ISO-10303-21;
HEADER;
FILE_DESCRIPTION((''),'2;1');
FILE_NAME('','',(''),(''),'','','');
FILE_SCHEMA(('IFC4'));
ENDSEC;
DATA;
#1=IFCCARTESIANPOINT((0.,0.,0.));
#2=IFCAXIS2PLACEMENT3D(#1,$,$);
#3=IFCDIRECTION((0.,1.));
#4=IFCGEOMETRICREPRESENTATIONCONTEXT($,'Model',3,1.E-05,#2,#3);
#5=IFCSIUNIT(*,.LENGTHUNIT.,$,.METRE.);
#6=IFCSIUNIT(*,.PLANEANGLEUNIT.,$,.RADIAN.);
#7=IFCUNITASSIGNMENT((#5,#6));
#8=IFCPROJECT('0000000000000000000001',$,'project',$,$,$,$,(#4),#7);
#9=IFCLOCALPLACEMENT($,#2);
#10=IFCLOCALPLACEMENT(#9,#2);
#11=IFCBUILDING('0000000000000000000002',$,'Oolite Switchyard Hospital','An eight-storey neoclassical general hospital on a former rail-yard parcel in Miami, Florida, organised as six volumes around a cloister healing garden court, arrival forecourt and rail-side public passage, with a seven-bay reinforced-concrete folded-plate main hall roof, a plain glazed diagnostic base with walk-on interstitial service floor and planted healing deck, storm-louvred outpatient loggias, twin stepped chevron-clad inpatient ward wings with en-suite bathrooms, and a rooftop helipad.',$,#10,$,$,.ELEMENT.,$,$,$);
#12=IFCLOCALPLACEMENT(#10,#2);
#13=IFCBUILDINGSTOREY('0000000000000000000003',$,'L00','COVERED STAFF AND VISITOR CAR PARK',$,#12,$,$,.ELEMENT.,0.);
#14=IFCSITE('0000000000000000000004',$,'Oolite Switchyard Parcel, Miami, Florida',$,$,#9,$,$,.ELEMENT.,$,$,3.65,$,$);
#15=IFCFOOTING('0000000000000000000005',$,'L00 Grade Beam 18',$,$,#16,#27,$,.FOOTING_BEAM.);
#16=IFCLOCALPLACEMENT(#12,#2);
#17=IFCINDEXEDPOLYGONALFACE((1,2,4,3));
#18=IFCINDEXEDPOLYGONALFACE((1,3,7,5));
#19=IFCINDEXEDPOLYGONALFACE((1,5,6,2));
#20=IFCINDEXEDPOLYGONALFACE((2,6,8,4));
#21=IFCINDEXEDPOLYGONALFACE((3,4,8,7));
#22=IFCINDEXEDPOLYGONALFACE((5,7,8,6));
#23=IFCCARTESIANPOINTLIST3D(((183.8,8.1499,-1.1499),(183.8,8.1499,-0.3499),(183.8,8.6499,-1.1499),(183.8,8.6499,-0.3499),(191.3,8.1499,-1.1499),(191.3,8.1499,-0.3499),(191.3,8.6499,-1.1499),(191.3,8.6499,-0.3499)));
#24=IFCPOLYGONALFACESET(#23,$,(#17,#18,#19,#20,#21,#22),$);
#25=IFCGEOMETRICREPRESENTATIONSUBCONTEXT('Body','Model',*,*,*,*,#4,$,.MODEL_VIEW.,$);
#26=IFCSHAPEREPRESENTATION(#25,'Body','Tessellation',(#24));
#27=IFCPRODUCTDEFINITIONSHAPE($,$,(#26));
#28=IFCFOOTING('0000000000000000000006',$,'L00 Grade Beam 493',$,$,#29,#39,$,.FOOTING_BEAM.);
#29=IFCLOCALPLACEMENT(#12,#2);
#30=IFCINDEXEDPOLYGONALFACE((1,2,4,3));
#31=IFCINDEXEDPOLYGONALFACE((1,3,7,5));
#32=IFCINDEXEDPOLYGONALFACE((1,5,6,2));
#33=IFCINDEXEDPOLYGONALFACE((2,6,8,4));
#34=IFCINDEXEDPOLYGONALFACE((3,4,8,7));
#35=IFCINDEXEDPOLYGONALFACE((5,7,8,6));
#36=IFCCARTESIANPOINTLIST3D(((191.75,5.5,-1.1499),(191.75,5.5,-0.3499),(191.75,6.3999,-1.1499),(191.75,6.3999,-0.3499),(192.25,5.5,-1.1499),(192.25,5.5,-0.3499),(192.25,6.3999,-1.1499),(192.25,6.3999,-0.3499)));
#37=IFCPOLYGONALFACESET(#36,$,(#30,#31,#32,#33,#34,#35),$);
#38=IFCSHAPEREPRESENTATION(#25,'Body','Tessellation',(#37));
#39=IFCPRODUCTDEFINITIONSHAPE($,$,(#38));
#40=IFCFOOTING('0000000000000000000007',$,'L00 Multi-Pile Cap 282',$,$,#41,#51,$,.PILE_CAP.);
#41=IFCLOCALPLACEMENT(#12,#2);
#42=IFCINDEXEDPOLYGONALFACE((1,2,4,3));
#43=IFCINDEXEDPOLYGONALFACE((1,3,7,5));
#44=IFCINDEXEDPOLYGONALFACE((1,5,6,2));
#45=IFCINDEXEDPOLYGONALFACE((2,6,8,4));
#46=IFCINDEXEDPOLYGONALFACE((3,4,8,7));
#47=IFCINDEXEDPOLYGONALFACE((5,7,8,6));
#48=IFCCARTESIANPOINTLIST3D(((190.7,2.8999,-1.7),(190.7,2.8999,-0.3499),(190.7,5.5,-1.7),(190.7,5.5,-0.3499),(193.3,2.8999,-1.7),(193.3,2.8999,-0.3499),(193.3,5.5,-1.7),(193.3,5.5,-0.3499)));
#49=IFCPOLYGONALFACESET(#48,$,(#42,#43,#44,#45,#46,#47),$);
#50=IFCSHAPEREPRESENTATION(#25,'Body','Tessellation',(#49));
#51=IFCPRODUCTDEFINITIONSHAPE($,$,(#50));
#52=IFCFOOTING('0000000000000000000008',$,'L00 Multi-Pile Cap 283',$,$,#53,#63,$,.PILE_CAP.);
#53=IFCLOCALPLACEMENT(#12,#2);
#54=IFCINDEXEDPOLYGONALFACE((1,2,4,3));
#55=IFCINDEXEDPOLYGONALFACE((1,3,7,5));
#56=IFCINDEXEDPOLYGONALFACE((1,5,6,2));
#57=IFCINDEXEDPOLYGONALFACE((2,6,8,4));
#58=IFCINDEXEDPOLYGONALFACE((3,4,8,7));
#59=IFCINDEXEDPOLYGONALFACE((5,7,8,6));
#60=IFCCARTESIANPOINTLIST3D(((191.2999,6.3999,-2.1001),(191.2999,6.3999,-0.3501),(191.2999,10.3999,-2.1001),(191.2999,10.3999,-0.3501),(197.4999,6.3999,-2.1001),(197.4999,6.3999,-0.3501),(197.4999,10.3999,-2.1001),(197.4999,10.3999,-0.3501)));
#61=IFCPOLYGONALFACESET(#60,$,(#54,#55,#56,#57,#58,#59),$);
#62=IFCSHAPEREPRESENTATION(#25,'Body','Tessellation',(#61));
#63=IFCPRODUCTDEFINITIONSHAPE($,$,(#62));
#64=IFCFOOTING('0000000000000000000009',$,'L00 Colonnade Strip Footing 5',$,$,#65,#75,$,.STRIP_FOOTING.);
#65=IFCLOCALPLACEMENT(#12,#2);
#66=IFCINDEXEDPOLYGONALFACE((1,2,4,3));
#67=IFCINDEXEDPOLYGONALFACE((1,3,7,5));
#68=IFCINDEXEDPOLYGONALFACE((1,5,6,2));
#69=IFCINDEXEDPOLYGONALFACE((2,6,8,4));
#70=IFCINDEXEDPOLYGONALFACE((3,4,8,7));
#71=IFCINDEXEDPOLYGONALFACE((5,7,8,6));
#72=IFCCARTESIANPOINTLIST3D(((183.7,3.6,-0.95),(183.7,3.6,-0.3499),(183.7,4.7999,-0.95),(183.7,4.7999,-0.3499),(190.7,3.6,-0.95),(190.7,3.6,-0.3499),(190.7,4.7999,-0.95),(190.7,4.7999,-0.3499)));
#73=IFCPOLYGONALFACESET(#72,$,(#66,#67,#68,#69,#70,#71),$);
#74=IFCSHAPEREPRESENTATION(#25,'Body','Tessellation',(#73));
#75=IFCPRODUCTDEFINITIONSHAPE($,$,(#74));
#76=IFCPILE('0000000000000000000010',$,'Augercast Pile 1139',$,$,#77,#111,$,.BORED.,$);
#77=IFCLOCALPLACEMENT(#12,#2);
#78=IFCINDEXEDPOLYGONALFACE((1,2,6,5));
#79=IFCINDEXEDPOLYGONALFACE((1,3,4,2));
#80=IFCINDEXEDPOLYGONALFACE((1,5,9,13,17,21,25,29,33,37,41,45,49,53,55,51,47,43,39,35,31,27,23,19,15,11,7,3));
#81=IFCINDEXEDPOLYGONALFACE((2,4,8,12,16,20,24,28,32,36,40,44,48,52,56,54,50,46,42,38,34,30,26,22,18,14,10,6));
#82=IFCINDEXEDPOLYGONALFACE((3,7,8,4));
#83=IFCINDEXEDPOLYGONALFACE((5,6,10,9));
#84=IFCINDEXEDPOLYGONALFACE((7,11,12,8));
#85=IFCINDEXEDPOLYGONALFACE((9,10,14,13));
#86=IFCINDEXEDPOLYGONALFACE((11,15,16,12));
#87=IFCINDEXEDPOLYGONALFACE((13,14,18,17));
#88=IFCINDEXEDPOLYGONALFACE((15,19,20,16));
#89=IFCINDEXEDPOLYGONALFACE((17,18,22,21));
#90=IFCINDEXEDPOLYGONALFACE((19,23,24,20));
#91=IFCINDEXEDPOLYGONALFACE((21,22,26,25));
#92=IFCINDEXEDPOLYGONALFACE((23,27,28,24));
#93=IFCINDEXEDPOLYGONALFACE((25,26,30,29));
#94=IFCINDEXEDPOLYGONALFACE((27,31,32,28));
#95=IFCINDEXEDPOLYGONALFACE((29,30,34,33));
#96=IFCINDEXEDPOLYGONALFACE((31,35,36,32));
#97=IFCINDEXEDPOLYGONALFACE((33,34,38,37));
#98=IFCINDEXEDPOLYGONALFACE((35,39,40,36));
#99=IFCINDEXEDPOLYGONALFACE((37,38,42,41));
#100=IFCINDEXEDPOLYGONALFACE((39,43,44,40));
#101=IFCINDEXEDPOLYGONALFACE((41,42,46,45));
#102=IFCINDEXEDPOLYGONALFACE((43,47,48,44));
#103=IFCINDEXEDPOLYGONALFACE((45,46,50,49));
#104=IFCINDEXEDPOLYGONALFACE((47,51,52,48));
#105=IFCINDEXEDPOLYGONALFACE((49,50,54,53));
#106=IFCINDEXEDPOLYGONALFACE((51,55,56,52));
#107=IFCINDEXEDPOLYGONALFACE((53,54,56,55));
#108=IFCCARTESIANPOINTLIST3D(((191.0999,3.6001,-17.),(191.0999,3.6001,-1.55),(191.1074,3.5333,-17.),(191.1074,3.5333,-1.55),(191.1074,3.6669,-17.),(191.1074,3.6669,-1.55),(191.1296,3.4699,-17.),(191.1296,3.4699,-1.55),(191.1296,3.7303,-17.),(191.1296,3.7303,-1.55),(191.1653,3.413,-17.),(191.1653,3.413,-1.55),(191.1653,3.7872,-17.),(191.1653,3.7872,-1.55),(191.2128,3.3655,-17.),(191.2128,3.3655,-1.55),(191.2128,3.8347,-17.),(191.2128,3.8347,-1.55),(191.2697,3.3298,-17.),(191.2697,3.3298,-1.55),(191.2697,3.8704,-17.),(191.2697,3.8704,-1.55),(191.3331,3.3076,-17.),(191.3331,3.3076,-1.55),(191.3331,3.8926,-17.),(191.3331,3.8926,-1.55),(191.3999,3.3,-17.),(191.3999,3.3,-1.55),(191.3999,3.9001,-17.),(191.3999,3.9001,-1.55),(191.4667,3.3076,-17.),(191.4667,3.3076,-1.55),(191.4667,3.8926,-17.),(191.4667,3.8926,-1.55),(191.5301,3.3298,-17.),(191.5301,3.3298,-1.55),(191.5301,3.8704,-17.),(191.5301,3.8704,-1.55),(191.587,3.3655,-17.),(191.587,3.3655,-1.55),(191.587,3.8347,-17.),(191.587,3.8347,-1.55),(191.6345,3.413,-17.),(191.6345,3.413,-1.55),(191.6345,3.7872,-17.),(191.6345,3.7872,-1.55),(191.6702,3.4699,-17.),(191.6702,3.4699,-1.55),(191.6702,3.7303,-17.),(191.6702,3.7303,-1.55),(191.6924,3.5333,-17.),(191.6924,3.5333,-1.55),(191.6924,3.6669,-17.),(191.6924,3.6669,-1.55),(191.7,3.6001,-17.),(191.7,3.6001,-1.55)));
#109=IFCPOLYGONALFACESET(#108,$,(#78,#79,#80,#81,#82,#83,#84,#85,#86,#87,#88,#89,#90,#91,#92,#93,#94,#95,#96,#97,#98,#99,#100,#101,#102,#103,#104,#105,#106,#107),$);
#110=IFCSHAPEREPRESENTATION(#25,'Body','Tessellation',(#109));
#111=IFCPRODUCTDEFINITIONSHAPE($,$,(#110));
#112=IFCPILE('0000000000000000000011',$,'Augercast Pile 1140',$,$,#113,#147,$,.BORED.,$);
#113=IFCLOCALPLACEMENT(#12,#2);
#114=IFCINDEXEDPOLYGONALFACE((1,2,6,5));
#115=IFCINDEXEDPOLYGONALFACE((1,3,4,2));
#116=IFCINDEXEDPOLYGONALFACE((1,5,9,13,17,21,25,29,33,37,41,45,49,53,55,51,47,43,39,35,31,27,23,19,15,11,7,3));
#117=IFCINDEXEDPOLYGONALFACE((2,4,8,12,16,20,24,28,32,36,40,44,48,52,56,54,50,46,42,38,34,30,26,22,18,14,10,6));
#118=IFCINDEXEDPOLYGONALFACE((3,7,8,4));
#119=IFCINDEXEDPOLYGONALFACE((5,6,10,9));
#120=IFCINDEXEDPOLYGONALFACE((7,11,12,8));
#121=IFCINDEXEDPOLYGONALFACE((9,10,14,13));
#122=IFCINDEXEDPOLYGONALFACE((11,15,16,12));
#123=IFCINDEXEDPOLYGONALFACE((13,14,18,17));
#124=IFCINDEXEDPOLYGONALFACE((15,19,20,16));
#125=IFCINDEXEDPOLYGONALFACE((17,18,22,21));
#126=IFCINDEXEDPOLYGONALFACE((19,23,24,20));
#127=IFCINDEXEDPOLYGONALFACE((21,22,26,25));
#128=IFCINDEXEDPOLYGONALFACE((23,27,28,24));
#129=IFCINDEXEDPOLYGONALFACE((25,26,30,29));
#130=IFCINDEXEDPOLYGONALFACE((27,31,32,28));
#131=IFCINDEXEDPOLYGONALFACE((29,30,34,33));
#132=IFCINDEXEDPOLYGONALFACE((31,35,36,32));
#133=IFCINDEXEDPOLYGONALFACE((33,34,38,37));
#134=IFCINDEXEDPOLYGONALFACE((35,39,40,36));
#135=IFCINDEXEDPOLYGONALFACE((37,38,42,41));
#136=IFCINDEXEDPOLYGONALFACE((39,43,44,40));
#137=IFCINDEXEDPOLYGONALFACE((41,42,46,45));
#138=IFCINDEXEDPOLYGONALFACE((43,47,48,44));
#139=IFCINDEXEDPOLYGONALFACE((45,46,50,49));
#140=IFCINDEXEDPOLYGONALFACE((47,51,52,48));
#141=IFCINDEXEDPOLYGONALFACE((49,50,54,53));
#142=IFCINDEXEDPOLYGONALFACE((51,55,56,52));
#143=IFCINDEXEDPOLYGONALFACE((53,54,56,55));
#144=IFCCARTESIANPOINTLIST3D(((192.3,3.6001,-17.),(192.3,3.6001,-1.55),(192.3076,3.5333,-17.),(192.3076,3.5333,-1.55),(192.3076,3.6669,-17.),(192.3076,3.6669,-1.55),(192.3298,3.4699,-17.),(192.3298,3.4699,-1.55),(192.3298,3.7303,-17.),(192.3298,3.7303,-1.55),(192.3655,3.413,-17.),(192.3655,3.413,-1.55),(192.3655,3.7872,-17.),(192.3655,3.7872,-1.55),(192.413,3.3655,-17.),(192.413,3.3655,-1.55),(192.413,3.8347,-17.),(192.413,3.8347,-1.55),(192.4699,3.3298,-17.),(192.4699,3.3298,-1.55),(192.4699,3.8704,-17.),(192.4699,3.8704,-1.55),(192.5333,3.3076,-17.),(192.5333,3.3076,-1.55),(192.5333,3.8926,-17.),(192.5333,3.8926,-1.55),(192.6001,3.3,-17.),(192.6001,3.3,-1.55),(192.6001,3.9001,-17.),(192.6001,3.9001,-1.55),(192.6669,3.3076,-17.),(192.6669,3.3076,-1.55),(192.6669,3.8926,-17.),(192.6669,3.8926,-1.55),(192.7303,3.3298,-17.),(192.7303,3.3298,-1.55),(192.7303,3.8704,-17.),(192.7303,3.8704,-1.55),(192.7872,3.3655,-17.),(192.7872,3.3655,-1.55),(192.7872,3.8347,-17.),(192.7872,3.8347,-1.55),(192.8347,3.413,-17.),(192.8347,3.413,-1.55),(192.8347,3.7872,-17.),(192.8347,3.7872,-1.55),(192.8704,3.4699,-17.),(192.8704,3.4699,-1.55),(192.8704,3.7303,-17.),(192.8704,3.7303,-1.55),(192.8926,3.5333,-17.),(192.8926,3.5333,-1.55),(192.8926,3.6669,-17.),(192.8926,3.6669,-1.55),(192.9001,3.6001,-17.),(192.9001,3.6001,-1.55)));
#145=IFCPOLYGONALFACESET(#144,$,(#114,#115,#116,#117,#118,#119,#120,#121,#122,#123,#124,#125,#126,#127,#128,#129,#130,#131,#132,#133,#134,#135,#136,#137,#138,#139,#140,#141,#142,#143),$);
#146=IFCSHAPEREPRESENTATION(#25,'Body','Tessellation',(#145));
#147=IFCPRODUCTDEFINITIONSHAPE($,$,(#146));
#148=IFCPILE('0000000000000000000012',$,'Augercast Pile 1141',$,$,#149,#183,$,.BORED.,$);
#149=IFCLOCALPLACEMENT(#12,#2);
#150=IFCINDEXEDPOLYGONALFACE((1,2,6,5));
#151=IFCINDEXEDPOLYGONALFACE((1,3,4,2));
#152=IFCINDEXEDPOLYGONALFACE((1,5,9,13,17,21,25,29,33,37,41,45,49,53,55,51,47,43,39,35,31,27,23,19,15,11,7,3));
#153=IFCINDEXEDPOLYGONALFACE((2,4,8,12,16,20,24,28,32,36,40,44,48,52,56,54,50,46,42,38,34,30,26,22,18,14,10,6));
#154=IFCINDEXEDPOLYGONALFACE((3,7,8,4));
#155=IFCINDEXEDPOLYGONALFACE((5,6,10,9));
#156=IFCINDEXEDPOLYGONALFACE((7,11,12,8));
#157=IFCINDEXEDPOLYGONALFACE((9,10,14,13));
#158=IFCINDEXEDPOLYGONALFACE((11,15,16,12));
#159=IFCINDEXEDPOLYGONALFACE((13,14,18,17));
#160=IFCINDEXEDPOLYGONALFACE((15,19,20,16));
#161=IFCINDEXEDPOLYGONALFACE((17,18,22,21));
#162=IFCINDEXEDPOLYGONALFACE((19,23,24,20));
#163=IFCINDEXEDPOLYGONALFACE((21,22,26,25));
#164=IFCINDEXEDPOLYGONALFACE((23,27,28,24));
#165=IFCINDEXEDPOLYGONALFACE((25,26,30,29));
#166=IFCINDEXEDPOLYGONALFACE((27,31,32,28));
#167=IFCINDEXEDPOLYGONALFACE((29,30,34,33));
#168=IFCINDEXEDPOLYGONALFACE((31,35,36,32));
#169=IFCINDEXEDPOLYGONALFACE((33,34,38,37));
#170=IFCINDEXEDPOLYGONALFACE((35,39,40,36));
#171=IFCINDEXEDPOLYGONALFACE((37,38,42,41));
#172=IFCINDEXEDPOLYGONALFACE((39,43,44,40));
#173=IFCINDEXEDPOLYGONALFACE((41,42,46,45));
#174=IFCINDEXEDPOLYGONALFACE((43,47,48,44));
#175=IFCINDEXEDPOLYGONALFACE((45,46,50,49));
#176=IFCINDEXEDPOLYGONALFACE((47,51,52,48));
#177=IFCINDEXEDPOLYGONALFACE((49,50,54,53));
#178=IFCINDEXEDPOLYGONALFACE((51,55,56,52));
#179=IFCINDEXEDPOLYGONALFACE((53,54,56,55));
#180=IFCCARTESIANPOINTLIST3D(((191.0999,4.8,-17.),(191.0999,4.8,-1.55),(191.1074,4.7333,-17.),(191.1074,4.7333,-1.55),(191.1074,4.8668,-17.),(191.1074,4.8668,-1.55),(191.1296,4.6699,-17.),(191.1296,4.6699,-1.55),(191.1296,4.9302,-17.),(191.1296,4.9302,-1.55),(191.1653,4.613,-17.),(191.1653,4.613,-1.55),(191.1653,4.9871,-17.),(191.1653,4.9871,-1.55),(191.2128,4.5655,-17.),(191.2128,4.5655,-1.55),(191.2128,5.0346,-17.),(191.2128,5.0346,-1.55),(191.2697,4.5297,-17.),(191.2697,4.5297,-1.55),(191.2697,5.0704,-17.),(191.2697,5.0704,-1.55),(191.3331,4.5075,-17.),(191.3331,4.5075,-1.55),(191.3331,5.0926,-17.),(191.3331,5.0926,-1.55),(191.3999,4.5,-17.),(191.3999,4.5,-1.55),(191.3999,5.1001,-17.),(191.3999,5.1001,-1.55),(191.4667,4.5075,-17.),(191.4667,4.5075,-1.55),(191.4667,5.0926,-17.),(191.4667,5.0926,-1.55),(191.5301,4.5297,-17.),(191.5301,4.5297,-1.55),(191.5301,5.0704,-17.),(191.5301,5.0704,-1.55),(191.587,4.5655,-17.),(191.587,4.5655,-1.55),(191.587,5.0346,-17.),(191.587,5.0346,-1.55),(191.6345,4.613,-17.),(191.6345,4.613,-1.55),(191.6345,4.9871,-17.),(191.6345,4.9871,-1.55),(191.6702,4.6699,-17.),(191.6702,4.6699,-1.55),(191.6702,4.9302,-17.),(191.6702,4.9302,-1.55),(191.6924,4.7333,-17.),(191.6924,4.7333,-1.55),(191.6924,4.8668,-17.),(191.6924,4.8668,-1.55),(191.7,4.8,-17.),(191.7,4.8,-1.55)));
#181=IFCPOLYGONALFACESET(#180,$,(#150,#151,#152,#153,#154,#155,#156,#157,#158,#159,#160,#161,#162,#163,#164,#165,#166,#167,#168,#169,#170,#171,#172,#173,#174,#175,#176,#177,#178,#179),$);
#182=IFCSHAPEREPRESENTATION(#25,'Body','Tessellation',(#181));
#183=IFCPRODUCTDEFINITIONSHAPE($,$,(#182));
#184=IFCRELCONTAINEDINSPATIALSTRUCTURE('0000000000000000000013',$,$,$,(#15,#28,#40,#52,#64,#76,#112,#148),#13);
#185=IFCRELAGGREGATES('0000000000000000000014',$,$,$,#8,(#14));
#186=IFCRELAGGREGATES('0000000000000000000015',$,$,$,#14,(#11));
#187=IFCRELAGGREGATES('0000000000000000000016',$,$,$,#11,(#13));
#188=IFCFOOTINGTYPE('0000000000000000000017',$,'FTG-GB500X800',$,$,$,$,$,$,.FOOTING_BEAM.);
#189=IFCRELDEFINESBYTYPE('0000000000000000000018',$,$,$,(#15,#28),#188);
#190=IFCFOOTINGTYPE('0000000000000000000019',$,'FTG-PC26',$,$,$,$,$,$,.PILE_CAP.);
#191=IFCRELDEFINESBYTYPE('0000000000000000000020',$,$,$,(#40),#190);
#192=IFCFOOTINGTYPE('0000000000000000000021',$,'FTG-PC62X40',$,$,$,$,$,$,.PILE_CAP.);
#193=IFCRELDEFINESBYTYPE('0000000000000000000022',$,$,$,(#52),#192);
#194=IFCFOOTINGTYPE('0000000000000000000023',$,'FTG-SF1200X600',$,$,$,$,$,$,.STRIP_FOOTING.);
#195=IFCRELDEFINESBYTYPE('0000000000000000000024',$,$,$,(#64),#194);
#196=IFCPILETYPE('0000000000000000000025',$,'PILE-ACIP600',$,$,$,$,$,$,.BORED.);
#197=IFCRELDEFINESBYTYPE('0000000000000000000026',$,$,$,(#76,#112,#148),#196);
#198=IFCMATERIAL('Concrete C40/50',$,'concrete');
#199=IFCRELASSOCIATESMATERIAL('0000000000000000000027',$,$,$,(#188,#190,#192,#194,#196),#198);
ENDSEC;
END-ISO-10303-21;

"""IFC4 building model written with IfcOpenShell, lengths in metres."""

from ifc_helpers import new_model, si_unit, direction, frame, origin, origin_2d, place, context, subcontext, project, spatial, rectangle, circle, extrude, material, material_profile, profile_set, type_object, element, save


model = new_model("IFC4")

# Units and contexts
model_context = context("Model", 3, precision=1e-05, world=origin(), true_north=direction((0.0, 1.0)))
body_context = subcontext(model_context, "Body", "Model", "MODEL_VIEW")
ifc_project = project(units=[si_unit("LENGTHUNIT", "METRE"), si_unit("PLANEANGLEUNIT", "RADIAN")], contexts=[model_context])

# Site, building, storey
site_placement = place(None, origin())
site = spatial("IfcSite", under=ifc_project, at=site_placement, Name="Oolite Switchyard Parcel, Miami, Florida", CompositionType="ELEMENT", RefElevation=3.65)
building_placement = place(site_placement, origin())
building = spatial("IfcBuilding", under=site, at=building_placement, Name="Oolite Switchyard Hospital", Description="An eight-storey neoclassical general hospital on a former rail-yard parcel in Miami, Florida, organised as six volumes around a cloister healing garden court, arrival forecourt and rail-side public passage, with a seven-bay reinforced-concrete folded-plate main hall roof, a plain glazed diagnostic base with walk-on interstitial service floor and planted healing deck, storm-louvred outpatient loggias, twin stepped chevron-clad inpatient ward wings with en-suite bathrooms, and a rooftop helipad.", CompositionType="ELEMENT")
storey_placement = place(building_placement, origin())
storey = spatial("IfcBuildingStorey", under=building, at=storey_placement, Name="L00", Description="COVERED STAFF AND VISITOR CAR PARK", CompositionType="ELEMENT", Elevation=0.0)

# Footings
ifc_material_1 = material(Name="Concrete C40/50", Category="concrete")
footing_type_1 = type_object("IfcFootingType", Name="FTG-GB500X800", PredefinedType="FOOTING_BEAM", material=ifc_material_1)
footing_1_placement = place(storey_placement, frame((187.55, 8.3999, -1.1499), z_axis=(0.0, 0.0, 1.0), x_axis=(1.0, 0.0, 0.0)))
element("IfcFooting", 1, at=footing_1_placement, inside=storey, type_object=footing_type_1, Name="L00 Grade Beam 18", PredefinedType="FOOTING_BEAM", context=body_context, shape_type="SweptSolid", body=[
    extrude(rectangle(XDim=7.5, YDim=0.5, at=origin_2d()), origin(), (0.0, 0.0, 1.0), 0.8),
])
footing_2_placement = place(storey_placement, frame((192.0, 5.95, -1.1499), z_axis=(0.0, 0.0, 1.0), x_axis=(0.0, 1.0, 0.0)))
element("IfcFooting", 2, at=footing_2_placement, inside=storey, type_object=footing_type_1, Name="L00 Grade Beam 493", PredefinedType="FOOTING_BEAM", context=body_context, shape_type="SweptSolid", body=[
    extrude(rectangle(XDim=0.8999, YDim=0.5, at=origin_2d()), origin(), (0.0, 0.0, 1.0), 0.8),
])
footing_type_2 = type_object("IfcFootingType", Name="FTG-PC26", PredefinedType="PILE_CAP", material=ifc_material_1)
footing_3_placement = place(storey_placement, frame((192.0, 4.2, -1.7), z_axis=(0.0, 0.0, 1.0), x_axis=(1.0, 0.0, 0.0)))
element("IfcFooting", 3, at=footing_3_placement, inside=storey, type_object=footing_type_2, Name="L00 Multi-Pile Cap 282", PredefinedType="PILE_CAP", context=body_context, shape_type="SweptSolid", body=[
    extrude(rectangle(XDim=2.6001, YDim=2.6001, at=origin_2d()), origin(), (0.0, 0.0, 1.0), 1.3501),
])
footing_type_3 = type_object("IfcFootingType", Name="FTG-PC62X40", PredefinedType="PILE_CAP", material=ifc_material_1)
footing_4_placement = place(storey_placement, frame((194.3999, 8.3999, -2.1001), z_axis=(0.0, 0.0, 1.0), x_axis=(1.0, 0.0, 0.0)))
element("IfcFooting", 4, at=footing_4_placement, inside=storey, type_object=footing_type_3, Name="L00 Multi-Pile Cap 283", PredefinedType="PILE_CAP", context=body_context, shape_type="SweptSolid", body=[
    extrude(rectangle(XDim=6.2, YDim=4.0, at=origin_2d()), origin(), (0.0, 0.0, 1.0), 1.75),
])
footing_type_4 = type_object("IfcFootingType", Name="FTG-SF1200X600", PredefinedType="STRIP_FOOTING", material=ifc_material_1)
footing_5_placement = place(storey_placement, frame((187.2, 4.2, -0.95), z_axis=(0.0, 0.0, 1.0), x_axis=(1.0, 0.0, 0.0)))
element("IfcFooting", 5, at=footing_5_placement, inside=storey, type_object=footing_type_4, Name="L00 Colonnade Strip Footing 5", PredefinedType="STRIP_FOOTING", context=body_context, shape_type="SweptSolid", body=[
    extrude(rectangle(XDim=7.0, YDim=1.2, at=origin_2d()), origin(), (0.0, 0.0, 1.0), 0.6001),
])

# Piles
ifc_material_profile_1 = material_profile(ifc_material_1, circle(Radius=0.3, at=origin_2d()), Name="PILE600")
ifc_profile_set_1 = profile_set([ifc_material_profile_1], Name="Concrete C40/50")
pile_type = type_object("IfcPileType", Name="PILE-ACIP600", PredefinedType="BORED", material=ifc_profile_set_1)
for number, where, z_axis, x_axis, name in (
    (6, (191.3999, 3.6001, -1.55), (0.0, 0.0, -1.0), (1.0, 0.0, 0.0), "Augercast Pile 1139"),
    (7, (192.6001, 3.6001, -1.55), (0.0, 0.0, -1.0), (1.0, 0.0, 0.0), "Augercast Pile 1140"),
    (8, (191.3999, 4.8, -1.55), (0.0, 0.0, -1.0), (1.0, 0.0, 0.0), "Augercast Pile 1141"),
):
    element("IfcPile", number, at=place(storey_placement, frame(where, z_axis=z_axis, x_axis=x_axis)), inside=storey, type_object=pile_type, Name=name, PredefinedType="BORED", context=body_context, shape_type="SweptSolid", body=[
        extrude(circle(Radius=0.3, at=origin_2d()), origin(), (0.0, 0.0, 1.0), 15.45),
    ])

save(model, "model.ifc")
